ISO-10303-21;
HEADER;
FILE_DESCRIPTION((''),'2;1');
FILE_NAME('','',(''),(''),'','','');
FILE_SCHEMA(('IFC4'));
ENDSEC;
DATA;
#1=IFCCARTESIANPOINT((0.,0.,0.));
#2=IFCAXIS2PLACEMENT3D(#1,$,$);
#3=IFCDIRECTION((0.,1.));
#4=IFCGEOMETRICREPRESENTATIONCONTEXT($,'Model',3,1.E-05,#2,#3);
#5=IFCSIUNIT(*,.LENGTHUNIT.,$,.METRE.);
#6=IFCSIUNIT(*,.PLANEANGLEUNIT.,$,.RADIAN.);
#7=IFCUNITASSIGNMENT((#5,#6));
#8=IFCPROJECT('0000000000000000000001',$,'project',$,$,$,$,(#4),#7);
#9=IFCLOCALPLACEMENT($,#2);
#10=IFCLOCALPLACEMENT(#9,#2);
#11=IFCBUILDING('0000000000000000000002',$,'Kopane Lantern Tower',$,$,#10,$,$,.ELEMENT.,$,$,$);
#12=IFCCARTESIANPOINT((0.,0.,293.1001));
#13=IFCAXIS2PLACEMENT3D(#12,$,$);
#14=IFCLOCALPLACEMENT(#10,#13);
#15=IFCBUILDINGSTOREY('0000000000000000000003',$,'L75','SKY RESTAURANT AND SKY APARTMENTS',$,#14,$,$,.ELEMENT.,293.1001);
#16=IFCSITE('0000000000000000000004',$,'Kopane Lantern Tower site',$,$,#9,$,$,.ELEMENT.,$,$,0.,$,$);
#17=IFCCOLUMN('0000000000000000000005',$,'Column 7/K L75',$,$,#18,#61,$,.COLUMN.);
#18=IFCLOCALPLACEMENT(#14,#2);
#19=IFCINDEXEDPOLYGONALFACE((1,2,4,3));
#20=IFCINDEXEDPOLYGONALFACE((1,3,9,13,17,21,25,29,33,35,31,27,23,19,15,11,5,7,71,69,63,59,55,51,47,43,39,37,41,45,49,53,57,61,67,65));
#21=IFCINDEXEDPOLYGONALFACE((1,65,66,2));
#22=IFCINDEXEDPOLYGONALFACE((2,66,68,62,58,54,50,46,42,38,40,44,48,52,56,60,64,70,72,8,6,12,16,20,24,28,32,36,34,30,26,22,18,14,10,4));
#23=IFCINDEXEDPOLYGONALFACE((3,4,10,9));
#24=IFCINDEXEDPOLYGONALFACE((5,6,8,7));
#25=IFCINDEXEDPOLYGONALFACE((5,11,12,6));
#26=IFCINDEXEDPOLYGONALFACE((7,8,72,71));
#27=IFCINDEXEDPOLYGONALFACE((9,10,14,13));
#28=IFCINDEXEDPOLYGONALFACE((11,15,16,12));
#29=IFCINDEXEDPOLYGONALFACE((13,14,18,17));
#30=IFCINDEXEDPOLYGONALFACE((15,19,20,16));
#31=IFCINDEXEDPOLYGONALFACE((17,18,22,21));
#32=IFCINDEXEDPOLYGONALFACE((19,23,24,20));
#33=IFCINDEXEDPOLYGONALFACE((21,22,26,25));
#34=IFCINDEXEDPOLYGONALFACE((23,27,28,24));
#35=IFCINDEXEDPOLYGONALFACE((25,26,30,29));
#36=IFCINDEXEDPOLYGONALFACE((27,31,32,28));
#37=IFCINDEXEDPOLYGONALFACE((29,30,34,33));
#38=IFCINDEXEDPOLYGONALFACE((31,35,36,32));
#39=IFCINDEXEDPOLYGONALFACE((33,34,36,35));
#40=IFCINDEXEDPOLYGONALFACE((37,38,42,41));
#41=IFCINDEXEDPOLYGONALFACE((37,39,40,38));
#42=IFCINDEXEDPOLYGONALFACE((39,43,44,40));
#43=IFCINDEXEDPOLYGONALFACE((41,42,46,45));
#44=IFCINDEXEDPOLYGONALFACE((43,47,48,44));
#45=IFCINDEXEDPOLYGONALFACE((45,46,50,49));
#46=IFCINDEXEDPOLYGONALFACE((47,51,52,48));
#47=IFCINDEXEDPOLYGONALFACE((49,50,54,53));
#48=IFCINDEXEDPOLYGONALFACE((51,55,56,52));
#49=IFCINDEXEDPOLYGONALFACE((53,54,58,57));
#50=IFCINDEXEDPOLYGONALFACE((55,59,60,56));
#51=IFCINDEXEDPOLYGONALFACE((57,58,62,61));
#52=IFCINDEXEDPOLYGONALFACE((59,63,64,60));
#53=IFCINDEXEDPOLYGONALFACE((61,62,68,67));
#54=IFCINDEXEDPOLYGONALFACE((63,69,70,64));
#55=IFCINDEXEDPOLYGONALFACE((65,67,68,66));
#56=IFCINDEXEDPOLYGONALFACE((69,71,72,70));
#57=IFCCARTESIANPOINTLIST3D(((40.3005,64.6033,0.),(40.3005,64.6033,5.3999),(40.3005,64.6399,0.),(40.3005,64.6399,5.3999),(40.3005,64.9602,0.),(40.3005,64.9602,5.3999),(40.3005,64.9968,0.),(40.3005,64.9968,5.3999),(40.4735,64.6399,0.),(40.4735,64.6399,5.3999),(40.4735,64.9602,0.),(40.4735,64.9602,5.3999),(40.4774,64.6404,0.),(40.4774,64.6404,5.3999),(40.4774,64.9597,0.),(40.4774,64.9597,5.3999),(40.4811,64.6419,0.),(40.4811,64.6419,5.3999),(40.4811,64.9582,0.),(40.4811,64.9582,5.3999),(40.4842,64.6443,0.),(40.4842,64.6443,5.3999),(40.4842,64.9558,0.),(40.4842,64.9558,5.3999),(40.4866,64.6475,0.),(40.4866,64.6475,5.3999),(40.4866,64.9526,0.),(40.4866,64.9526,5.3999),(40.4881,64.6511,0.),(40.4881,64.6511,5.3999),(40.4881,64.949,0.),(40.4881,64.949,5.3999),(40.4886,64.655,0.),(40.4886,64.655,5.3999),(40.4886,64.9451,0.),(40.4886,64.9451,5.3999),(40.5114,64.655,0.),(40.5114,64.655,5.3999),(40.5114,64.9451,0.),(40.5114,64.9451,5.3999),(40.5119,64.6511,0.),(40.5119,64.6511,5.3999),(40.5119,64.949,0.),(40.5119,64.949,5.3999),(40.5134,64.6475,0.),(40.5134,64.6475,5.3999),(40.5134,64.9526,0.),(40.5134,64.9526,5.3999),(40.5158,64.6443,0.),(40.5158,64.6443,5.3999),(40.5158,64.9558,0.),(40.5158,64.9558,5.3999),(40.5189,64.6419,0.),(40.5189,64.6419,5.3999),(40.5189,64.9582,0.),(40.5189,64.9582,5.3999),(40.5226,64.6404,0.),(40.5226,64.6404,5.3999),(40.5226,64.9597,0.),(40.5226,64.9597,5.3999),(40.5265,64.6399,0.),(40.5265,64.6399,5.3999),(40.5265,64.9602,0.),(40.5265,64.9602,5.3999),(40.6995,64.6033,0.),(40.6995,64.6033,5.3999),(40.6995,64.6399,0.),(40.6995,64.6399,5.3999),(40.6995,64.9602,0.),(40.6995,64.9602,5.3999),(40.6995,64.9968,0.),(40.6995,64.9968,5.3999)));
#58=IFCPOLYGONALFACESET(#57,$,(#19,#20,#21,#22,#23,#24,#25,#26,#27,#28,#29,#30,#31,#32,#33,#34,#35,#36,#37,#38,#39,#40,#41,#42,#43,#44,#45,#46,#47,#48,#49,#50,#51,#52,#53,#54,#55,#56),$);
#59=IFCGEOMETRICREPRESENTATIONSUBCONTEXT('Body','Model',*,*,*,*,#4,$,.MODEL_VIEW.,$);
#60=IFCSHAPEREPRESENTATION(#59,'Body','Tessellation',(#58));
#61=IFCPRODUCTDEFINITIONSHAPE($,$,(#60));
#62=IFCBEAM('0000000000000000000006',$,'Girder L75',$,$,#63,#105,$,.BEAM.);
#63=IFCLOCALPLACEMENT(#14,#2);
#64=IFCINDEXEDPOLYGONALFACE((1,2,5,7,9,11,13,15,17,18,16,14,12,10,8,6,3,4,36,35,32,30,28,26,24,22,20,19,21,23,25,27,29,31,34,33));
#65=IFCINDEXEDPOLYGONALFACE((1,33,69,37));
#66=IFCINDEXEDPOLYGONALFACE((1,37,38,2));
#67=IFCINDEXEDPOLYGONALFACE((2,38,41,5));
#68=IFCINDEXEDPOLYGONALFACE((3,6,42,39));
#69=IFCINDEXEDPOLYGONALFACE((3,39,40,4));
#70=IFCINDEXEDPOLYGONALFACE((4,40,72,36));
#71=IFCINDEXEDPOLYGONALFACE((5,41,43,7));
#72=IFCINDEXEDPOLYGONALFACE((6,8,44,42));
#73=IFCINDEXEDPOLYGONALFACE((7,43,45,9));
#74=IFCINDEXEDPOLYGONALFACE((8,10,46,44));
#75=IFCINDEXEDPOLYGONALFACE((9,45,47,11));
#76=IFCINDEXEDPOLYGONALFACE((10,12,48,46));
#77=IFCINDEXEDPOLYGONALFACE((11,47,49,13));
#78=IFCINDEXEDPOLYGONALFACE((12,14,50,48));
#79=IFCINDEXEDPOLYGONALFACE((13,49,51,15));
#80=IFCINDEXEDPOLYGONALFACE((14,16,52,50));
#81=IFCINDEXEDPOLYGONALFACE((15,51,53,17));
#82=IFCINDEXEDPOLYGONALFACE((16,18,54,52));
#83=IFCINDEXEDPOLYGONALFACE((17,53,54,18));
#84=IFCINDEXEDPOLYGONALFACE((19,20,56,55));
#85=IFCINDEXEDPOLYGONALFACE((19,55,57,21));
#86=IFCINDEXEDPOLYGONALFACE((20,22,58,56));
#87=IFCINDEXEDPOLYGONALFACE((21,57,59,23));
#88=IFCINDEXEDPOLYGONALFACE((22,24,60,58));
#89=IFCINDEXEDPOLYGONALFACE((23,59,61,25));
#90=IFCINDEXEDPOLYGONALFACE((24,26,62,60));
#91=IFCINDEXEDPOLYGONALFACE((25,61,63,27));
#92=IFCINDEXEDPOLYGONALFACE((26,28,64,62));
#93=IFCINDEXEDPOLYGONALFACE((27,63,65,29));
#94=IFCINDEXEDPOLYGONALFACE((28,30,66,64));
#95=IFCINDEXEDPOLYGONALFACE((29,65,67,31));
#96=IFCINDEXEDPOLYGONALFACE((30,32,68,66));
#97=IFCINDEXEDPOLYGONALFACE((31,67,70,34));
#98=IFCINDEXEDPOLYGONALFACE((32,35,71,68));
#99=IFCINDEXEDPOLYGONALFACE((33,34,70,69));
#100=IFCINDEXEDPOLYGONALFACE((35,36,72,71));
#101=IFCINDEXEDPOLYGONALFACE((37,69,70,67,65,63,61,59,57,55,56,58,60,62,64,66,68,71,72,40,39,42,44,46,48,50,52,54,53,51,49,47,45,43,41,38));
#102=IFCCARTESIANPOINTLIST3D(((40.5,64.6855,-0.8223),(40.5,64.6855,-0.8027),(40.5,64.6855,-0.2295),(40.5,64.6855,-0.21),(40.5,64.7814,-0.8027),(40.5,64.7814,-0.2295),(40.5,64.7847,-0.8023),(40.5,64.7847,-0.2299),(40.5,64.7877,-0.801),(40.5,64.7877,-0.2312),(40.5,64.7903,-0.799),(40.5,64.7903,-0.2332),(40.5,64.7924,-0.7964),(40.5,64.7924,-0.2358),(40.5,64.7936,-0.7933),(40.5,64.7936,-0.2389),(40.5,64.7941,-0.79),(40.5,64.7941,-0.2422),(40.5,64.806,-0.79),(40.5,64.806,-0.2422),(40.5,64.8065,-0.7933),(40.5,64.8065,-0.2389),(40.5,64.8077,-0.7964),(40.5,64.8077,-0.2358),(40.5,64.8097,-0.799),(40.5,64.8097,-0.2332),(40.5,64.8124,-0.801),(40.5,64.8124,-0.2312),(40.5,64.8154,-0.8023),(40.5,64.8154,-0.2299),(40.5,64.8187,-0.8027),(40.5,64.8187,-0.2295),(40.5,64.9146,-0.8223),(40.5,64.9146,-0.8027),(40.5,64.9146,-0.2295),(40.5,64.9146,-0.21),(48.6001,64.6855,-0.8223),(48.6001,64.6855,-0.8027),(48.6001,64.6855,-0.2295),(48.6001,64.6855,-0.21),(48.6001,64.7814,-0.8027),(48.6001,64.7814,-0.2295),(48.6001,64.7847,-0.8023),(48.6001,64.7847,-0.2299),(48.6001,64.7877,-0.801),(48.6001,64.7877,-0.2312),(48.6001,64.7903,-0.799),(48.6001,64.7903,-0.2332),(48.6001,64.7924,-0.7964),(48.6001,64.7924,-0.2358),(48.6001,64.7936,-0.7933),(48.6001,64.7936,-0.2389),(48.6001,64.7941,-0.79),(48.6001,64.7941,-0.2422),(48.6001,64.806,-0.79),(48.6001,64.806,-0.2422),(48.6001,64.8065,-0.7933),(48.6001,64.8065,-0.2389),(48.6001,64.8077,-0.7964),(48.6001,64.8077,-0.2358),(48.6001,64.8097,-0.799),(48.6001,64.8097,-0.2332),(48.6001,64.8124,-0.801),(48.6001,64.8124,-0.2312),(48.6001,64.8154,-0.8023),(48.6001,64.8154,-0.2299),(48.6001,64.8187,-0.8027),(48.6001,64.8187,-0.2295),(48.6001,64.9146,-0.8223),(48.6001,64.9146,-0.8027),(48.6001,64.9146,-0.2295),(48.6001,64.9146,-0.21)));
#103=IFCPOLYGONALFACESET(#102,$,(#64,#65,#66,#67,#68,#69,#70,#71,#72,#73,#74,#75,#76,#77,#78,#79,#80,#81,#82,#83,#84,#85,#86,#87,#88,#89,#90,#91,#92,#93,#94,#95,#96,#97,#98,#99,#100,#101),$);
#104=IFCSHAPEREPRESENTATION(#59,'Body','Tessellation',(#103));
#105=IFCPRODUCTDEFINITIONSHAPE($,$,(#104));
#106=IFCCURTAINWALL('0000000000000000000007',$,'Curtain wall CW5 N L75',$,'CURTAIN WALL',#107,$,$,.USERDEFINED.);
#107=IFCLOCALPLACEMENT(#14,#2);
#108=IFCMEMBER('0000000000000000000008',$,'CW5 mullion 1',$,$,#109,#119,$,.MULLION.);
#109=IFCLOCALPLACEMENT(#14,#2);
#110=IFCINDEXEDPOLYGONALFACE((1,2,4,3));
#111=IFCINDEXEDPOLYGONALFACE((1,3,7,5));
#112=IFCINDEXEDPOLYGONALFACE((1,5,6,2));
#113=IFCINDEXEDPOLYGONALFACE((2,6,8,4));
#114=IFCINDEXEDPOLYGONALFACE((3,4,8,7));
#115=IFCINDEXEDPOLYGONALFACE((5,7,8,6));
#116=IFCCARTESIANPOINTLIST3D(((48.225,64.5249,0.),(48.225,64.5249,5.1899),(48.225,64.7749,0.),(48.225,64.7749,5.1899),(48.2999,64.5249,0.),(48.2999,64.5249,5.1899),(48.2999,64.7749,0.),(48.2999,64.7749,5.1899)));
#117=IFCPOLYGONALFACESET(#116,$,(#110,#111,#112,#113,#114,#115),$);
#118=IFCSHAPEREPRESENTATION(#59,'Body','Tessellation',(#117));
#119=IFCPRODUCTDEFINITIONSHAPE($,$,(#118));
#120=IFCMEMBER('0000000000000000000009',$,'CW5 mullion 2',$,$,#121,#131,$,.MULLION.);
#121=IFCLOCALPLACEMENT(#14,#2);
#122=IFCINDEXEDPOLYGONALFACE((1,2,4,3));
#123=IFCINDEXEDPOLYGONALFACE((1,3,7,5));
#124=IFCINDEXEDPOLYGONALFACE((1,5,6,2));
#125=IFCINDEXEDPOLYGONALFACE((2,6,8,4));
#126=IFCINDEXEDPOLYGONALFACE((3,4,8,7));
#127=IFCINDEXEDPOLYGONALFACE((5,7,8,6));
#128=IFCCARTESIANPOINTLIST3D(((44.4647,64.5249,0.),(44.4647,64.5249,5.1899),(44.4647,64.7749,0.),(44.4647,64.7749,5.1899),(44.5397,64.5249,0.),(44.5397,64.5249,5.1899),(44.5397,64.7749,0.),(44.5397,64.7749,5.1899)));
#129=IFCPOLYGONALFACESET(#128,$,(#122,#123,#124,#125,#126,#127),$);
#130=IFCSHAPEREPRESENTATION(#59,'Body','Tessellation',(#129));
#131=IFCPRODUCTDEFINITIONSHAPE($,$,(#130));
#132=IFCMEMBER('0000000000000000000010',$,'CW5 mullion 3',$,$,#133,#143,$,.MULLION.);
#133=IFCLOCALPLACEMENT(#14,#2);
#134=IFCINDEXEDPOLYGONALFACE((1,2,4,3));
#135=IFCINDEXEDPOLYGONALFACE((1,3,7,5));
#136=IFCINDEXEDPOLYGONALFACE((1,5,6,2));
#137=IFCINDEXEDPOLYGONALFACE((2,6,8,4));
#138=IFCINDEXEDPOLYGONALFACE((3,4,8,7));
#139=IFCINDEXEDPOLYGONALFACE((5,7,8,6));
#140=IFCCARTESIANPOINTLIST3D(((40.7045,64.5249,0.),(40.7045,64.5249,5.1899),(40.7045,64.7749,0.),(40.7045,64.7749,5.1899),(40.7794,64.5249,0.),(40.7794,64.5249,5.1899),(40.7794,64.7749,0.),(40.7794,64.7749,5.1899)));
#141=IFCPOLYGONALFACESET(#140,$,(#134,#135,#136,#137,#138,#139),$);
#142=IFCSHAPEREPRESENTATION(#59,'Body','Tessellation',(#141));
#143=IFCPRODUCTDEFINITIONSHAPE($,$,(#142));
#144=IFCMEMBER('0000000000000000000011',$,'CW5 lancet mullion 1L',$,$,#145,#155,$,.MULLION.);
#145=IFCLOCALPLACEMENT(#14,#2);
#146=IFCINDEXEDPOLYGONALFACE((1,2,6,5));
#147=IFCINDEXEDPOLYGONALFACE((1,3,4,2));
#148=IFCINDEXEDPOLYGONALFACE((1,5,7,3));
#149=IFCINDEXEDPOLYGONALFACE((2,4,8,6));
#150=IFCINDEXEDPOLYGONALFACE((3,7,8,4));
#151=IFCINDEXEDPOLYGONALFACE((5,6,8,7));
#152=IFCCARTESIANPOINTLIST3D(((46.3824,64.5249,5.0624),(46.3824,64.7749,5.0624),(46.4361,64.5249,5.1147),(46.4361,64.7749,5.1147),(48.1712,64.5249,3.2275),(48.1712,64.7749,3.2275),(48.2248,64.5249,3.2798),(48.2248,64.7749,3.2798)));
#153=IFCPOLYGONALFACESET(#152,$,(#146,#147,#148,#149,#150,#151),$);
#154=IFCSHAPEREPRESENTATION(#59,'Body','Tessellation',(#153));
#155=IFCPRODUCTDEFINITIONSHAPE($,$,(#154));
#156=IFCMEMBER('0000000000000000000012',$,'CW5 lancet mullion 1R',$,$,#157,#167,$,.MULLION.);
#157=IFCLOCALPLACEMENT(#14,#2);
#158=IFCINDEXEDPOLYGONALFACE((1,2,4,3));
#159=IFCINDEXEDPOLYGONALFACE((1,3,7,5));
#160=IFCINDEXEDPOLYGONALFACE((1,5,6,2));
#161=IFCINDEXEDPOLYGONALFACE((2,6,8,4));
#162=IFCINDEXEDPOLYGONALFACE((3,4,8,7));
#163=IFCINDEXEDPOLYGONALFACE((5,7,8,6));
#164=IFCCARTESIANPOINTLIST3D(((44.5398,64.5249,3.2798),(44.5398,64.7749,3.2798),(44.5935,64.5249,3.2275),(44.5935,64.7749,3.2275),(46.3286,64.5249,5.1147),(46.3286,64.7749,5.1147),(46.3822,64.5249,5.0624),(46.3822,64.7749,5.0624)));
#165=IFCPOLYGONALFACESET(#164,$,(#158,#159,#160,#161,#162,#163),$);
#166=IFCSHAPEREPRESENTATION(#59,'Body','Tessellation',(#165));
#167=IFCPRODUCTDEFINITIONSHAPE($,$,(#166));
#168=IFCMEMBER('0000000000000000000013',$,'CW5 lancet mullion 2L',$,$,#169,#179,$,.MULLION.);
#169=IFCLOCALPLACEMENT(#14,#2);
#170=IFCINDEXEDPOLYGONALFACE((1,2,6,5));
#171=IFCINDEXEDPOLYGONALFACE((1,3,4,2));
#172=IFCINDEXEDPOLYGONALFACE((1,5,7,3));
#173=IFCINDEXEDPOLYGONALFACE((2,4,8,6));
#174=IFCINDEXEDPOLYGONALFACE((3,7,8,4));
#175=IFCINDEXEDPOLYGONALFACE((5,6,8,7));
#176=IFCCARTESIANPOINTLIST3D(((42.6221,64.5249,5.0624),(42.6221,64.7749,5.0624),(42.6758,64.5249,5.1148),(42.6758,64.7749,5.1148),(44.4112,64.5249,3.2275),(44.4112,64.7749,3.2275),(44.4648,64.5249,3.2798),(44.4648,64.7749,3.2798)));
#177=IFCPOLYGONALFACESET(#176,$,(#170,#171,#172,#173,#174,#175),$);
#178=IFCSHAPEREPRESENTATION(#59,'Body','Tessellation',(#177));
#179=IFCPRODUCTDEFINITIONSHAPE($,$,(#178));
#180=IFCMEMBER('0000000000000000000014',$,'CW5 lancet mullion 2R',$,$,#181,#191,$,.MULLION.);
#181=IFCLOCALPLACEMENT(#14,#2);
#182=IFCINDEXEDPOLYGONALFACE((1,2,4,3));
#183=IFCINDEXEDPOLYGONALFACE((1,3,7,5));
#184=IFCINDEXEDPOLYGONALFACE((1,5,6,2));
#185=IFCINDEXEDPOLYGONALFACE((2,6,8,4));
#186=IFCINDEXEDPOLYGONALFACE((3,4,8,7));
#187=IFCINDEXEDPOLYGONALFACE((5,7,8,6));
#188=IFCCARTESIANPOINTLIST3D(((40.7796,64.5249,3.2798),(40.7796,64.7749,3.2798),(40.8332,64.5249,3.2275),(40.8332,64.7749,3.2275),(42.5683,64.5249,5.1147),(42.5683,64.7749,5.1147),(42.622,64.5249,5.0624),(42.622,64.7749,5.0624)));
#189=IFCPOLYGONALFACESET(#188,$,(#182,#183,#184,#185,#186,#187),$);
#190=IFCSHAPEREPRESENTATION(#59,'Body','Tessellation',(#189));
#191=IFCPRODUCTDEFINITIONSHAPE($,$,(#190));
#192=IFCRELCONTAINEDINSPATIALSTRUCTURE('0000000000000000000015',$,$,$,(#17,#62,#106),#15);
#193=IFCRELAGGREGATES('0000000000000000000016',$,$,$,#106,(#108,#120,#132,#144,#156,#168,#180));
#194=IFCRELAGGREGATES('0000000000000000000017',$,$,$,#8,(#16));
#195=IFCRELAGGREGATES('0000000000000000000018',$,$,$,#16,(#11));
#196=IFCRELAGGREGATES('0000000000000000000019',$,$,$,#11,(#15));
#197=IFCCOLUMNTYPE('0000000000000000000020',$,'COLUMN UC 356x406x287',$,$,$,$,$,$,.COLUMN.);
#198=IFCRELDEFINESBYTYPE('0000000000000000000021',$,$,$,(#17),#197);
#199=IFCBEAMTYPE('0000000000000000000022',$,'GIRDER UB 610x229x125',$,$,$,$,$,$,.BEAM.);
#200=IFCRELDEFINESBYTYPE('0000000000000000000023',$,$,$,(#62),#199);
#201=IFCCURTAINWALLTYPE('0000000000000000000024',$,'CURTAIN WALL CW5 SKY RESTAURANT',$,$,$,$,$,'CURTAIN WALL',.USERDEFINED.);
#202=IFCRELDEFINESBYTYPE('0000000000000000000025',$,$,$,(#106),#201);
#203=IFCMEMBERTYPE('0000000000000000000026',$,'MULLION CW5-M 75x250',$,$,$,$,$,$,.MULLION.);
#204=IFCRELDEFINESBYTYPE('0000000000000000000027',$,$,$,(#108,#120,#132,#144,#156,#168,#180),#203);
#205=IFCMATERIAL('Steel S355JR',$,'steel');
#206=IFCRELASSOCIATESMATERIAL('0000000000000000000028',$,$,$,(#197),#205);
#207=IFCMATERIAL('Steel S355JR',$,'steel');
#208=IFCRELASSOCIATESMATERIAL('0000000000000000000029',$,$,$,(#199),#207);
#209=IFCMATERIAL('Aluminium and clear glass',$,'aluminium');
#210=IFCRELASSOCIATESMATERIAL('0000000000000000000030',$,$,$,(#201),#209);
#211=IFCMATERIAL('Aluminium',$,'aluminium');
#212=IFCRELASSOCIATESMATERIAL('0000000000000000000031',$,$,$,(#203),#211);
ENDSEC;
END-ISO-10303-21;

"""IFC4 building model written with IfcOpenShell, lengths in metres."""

from ifc_helpers import new_model, si_unit, direction, frame, origin, origin_2d, place, context, subcontext, project, spatial, rectangle, i_section, extrude, material, material_profile, profile_set, type_object, element, aggregate, save


model = new_model("IFC4")

# Units and contexts
model_context = context("Model", 3, precision=1e-05, world=origin(), true_north=direction((0.0, 1.0)))
body_context = subcontext(model_context, "Body", "Model", "MODEL_VIEW")
ifc_project = project(units=[si_unit("LENGTHUNIT", "METRE"), si_unit("PLANEANGLEUNIT", "RADIAN")], contexts=[model_context])

# Site, building, storey
site_placement = place(None, origin())
site = spatial("IfcSite", under=ifc_project, at=site_placement, Name="Kopane Lantern Tower site", CompositionType="ELEMENT", RefElevation=0.0)
building_placement = place(site_placement, origin())
building = spatial("IfcBuilding", under=site, at=building_placement, Name="Kopane Lantern Tower", CompositionType="ELEMENT")
storey_placement = place(building_placement, frame((0.0, 0.0, 293.1001)))
storey = spatial("IfcBuildingStorey", under=building, at=storey_placement, Name="L75", Description="SKY RESTAURANT AND SKY APARTMENTS", CompositionType="ELEMENT", Elevation=293.1001)

# Column
ifc_material_1 = material(Name="Steel S355JR", Category="steel")
ifc_material_profile_1 = material_profile(ifc_material_1, i_section(OverallWidth=0.3989, OverallDepth=0.3936, WebThickness=0.0227, FlangeThickness=0.0366, FilletRadius=0.0151, at=origin_2d()), Name="UC 356x406x287")
ifc_profile_set_1 = profile_set([ifc_material_profile_1], Name="Steel S355JR")
column_type = type_object("IfcColumnType", Name="COLUMN UC 356x406x287", PredefinedType="COLUMN", material=ifc_profile_set_1)
column_placement = place(storey_placement, frame((40.5, 64.8, 0.0), z_axis=(0.0, 0.0, 1.0), x_axis=(1.0, 0.0, 0.0)))
element("IfcColumn", 1, at=column_placement, inside=storey, type_object=column_type, Name="Column 7/K L75", PredefinedType="COLUMN", context=body_context, shape_type="SweptSolid", body=[
    extrude(i_section(OverallWidth=0.3989, OverallDepth=0.3936, WebThickness=0.0227, FlangeThickness=0.0366, FilletRadius=0.0151, at=origin_2d()), origin(), (0.0, 0.0, 1.0), 5.3999),
])

# Beam
ifc_material_2 = material(Name="Steel S355JR", Category="steel")
ifc_material_profile_2 = material_profile(ifc_material_2, i_section(OverallWidth=0.229, OverallDepth=0.6123, WebThickness=0.012, FlangeThickness=0.0195, FilletRadius=0.0127, at=origin_2d()), Name="UB 610x229x125")
ifc_profile_set_2 = profile_set([ifc_material_profile_2], Name="Steel S355JR")
beam_type = type_object("IfcBeamType", Name="GIRDER UB 610x229x125", PredefinedType="BEAM", material=ifc_profile_set_2)
beam_placement = place(storey_placement, frame((40.5, 64.8, -0.5161), z_axis=(1.0, 0.0, 0.0), x_axis=(0.0, 1.0, 0.0)))
element("IfcBeam", 2, at=beam_placement, inside=storey, type_object=beam_type, Name="Girder L75", PredefinedType="BEAM", context=body_context, shape_type="SweptSolid", body=[
    extrude(i_section(OverallWidth=0.229, OverallDepth=0.6123, WebThickness=0.012, FlangeThickness=0.0195, FilletRadius=0.0127, at=origin_2d()), origin(), (0.0, 0.0, 1.0), 8.1001),
])

# Curtain wall, members
ifc_material_3 = material(Name="Aluminium and clear glass", Category="aluminium")
curtain_wall_type = type_object("IfcCurtainWallType", Name="CURTAIN WALL CW5 SKY RESTAURANT", ElementType="CURTAIN WALL", PredefinedType="USERDEFINED", material=ifc_material_3)
curtain_wall_1_placement = place(storey_placement, origin())
curtain_wall_1 = element("IfcCurtainWall", 3, at=curtain_wall_1_placement, inside=storey, type_object=curtain_wall_type, Name="Curtain wall CW5 N L75", ObjectType="CURTAIN WALL", PredefinedType="USERDEFINED")
ifc_material_4 = material(Name="Aluminium", Category="aluminium")
ifc_material_profile_3 = material_profile(ifc_material_4, rectangle(XDim=0.075, YDim=0.25, at=origin_2d()), Name="AL 75x250")
ifc_profile_set_3 = profile_set([ifc_material_profile_3], Name="Aluminium")
member_type_1 = type_object("IfcMemberType", Name="MULLION CW5-M 75x250", PredefinedType="MULLION", material=ifc_profile_set_3)
member_1_placement = place(storey_placement, frame((48.2625, 64.6499, 0.0), z_axis=(0.0, 0.0, 1.0), x_axis=(-1.0, 0.0, 0.0)))
member_1 = element("IfcMember", 4, at=member_1_placement, type_object=member_type_1, Name="CW5 mullion 1", PredefinedType="MULLION", context=body_context, shape_type="SweptSolid", body=[
    extrude(rectangle(XDim=0.075, YDim=0.25, at=origin_2d()), origin(), (0.0, 0.0, 1.0), 5.1899),
])
member_2_placement = place(storey_placement, frame((44.5022, 64.6499, 0.0), z_axis=(0.0, 0.0, 1.0), x_axis=(-1.0, 0.0, 0.0)))
member_2 = element("IfcMember", 5, at=member_2_placement, type_object=member_type_1, Name="CW5 mullion 2", PredefinedType="MULLION", context=body_context, shape_type="SweptSolid", body=[
    extrude(rectangle(XDim=0.075, YDim=0.25, at=origin_2d()), origin(), (0.0, 0.0, 1.0), 5.1899),
])
member_3_placement = place(storey_placement, frame((40.7419, 64.6499, 0.0), z_axis=(0.0, 0.0, 1.0), x_axis=(-1.0, 0.0, 0.0)))
member_3 = element("IfcMember", 6, at=member_3_placement, type_object=member_type_1, Name="CW5 mullion 3", PredefinedType="MULLION", context=body_context, shape_type="SweptSolid", body=[
    extrude(rectangle(XDim=0.075, YDim=0.25, at=origin_2d()), origin(), (0.0, 0.0, 1.0), 5.1899),
])
member_4_placement = place(storey_placement, frame((48.198, 64.6499, 3.2537), z_axis=(-0.698046, 0.0, 0.716053), x_axis=(0.716053, 0.0, 0.698046)))
member_4 = element("IfcMember", 7, at=member_4_placement, type_object=member_type_1, Name="CW5 lancet mullion 1L", PredefinedType="MULLION", context=body_context, shape_type="SweptSolid", body=[
    extrude(rectangle(XDim=0.075, YDim=0.25, at=origin_2d()), origin(), (0.0, 0.0, 1.0), 2.5625),
])
member_5_placement = place(storey_placement, frame((44.5667, 64.6499, 3.2537), z_axis=(0.698046, 0.0, 0.716053), x_axis=(-0.716053, 0.0, 0.698046)))
member_5 = element("IfcMember", 8, at=member_5_placement, type_object=member_type_1, Name="CW5 lancet mullion 1R", PredefinedType="MULLION", context=body_context, shape_type="SweptSolid", body=[
    extrude(rectangle(XDim=0.075, YDim=0.25, at=origin_2d()), origin(), (0.0, 0.0, 1.0), 2.5625),
])
member_6_placement = place(storey_placement, frame((44.438, 64.6499, 3.2537), z_axis=(-0.698095, 0.0, 0.716005), x_axis=(0.716005, 0.0, 0.698095)))
member_6 = element("IfcMember", 9, at=member_6_placement, type_object=member_type_1, Name="CW5 lancet mullion 2L", PredefinedType="MULLION", context=body_context, shape_type="SweptSolid", body=[
    extrude(rectangle(XDim=0.075, YDim=0.25, at=origin_2d()), origin(), (0.0, 0.0, 1.0), 2.5627),
])
member_7_placement = place(storey_placement, frame((40.8064, 64.6499, 3.2537), z_axis=(0.698046, 0.0, 0.716053), x_axis=(-0.716053, 0.0, 0.698046)))
member_7 = element("IfcMember", 10, at=member_7_placement, type_object=member_type_1, Name="CW5 lancet mullion 2R", PredefinedType="MULLION", context=body_context, shape_type="SweptSolid", body=[
    extrude(rectangle(XDim=0.075, YDim=0.25, at=origin_2d()), origin(), (0.0, 0.0, 1.0), 2.5625),
])

aggregate(curtain_wall_1, [member_1, member_2, member_3, member_4, member_5, member_6, member_7])

save(model, "model.ifc")
